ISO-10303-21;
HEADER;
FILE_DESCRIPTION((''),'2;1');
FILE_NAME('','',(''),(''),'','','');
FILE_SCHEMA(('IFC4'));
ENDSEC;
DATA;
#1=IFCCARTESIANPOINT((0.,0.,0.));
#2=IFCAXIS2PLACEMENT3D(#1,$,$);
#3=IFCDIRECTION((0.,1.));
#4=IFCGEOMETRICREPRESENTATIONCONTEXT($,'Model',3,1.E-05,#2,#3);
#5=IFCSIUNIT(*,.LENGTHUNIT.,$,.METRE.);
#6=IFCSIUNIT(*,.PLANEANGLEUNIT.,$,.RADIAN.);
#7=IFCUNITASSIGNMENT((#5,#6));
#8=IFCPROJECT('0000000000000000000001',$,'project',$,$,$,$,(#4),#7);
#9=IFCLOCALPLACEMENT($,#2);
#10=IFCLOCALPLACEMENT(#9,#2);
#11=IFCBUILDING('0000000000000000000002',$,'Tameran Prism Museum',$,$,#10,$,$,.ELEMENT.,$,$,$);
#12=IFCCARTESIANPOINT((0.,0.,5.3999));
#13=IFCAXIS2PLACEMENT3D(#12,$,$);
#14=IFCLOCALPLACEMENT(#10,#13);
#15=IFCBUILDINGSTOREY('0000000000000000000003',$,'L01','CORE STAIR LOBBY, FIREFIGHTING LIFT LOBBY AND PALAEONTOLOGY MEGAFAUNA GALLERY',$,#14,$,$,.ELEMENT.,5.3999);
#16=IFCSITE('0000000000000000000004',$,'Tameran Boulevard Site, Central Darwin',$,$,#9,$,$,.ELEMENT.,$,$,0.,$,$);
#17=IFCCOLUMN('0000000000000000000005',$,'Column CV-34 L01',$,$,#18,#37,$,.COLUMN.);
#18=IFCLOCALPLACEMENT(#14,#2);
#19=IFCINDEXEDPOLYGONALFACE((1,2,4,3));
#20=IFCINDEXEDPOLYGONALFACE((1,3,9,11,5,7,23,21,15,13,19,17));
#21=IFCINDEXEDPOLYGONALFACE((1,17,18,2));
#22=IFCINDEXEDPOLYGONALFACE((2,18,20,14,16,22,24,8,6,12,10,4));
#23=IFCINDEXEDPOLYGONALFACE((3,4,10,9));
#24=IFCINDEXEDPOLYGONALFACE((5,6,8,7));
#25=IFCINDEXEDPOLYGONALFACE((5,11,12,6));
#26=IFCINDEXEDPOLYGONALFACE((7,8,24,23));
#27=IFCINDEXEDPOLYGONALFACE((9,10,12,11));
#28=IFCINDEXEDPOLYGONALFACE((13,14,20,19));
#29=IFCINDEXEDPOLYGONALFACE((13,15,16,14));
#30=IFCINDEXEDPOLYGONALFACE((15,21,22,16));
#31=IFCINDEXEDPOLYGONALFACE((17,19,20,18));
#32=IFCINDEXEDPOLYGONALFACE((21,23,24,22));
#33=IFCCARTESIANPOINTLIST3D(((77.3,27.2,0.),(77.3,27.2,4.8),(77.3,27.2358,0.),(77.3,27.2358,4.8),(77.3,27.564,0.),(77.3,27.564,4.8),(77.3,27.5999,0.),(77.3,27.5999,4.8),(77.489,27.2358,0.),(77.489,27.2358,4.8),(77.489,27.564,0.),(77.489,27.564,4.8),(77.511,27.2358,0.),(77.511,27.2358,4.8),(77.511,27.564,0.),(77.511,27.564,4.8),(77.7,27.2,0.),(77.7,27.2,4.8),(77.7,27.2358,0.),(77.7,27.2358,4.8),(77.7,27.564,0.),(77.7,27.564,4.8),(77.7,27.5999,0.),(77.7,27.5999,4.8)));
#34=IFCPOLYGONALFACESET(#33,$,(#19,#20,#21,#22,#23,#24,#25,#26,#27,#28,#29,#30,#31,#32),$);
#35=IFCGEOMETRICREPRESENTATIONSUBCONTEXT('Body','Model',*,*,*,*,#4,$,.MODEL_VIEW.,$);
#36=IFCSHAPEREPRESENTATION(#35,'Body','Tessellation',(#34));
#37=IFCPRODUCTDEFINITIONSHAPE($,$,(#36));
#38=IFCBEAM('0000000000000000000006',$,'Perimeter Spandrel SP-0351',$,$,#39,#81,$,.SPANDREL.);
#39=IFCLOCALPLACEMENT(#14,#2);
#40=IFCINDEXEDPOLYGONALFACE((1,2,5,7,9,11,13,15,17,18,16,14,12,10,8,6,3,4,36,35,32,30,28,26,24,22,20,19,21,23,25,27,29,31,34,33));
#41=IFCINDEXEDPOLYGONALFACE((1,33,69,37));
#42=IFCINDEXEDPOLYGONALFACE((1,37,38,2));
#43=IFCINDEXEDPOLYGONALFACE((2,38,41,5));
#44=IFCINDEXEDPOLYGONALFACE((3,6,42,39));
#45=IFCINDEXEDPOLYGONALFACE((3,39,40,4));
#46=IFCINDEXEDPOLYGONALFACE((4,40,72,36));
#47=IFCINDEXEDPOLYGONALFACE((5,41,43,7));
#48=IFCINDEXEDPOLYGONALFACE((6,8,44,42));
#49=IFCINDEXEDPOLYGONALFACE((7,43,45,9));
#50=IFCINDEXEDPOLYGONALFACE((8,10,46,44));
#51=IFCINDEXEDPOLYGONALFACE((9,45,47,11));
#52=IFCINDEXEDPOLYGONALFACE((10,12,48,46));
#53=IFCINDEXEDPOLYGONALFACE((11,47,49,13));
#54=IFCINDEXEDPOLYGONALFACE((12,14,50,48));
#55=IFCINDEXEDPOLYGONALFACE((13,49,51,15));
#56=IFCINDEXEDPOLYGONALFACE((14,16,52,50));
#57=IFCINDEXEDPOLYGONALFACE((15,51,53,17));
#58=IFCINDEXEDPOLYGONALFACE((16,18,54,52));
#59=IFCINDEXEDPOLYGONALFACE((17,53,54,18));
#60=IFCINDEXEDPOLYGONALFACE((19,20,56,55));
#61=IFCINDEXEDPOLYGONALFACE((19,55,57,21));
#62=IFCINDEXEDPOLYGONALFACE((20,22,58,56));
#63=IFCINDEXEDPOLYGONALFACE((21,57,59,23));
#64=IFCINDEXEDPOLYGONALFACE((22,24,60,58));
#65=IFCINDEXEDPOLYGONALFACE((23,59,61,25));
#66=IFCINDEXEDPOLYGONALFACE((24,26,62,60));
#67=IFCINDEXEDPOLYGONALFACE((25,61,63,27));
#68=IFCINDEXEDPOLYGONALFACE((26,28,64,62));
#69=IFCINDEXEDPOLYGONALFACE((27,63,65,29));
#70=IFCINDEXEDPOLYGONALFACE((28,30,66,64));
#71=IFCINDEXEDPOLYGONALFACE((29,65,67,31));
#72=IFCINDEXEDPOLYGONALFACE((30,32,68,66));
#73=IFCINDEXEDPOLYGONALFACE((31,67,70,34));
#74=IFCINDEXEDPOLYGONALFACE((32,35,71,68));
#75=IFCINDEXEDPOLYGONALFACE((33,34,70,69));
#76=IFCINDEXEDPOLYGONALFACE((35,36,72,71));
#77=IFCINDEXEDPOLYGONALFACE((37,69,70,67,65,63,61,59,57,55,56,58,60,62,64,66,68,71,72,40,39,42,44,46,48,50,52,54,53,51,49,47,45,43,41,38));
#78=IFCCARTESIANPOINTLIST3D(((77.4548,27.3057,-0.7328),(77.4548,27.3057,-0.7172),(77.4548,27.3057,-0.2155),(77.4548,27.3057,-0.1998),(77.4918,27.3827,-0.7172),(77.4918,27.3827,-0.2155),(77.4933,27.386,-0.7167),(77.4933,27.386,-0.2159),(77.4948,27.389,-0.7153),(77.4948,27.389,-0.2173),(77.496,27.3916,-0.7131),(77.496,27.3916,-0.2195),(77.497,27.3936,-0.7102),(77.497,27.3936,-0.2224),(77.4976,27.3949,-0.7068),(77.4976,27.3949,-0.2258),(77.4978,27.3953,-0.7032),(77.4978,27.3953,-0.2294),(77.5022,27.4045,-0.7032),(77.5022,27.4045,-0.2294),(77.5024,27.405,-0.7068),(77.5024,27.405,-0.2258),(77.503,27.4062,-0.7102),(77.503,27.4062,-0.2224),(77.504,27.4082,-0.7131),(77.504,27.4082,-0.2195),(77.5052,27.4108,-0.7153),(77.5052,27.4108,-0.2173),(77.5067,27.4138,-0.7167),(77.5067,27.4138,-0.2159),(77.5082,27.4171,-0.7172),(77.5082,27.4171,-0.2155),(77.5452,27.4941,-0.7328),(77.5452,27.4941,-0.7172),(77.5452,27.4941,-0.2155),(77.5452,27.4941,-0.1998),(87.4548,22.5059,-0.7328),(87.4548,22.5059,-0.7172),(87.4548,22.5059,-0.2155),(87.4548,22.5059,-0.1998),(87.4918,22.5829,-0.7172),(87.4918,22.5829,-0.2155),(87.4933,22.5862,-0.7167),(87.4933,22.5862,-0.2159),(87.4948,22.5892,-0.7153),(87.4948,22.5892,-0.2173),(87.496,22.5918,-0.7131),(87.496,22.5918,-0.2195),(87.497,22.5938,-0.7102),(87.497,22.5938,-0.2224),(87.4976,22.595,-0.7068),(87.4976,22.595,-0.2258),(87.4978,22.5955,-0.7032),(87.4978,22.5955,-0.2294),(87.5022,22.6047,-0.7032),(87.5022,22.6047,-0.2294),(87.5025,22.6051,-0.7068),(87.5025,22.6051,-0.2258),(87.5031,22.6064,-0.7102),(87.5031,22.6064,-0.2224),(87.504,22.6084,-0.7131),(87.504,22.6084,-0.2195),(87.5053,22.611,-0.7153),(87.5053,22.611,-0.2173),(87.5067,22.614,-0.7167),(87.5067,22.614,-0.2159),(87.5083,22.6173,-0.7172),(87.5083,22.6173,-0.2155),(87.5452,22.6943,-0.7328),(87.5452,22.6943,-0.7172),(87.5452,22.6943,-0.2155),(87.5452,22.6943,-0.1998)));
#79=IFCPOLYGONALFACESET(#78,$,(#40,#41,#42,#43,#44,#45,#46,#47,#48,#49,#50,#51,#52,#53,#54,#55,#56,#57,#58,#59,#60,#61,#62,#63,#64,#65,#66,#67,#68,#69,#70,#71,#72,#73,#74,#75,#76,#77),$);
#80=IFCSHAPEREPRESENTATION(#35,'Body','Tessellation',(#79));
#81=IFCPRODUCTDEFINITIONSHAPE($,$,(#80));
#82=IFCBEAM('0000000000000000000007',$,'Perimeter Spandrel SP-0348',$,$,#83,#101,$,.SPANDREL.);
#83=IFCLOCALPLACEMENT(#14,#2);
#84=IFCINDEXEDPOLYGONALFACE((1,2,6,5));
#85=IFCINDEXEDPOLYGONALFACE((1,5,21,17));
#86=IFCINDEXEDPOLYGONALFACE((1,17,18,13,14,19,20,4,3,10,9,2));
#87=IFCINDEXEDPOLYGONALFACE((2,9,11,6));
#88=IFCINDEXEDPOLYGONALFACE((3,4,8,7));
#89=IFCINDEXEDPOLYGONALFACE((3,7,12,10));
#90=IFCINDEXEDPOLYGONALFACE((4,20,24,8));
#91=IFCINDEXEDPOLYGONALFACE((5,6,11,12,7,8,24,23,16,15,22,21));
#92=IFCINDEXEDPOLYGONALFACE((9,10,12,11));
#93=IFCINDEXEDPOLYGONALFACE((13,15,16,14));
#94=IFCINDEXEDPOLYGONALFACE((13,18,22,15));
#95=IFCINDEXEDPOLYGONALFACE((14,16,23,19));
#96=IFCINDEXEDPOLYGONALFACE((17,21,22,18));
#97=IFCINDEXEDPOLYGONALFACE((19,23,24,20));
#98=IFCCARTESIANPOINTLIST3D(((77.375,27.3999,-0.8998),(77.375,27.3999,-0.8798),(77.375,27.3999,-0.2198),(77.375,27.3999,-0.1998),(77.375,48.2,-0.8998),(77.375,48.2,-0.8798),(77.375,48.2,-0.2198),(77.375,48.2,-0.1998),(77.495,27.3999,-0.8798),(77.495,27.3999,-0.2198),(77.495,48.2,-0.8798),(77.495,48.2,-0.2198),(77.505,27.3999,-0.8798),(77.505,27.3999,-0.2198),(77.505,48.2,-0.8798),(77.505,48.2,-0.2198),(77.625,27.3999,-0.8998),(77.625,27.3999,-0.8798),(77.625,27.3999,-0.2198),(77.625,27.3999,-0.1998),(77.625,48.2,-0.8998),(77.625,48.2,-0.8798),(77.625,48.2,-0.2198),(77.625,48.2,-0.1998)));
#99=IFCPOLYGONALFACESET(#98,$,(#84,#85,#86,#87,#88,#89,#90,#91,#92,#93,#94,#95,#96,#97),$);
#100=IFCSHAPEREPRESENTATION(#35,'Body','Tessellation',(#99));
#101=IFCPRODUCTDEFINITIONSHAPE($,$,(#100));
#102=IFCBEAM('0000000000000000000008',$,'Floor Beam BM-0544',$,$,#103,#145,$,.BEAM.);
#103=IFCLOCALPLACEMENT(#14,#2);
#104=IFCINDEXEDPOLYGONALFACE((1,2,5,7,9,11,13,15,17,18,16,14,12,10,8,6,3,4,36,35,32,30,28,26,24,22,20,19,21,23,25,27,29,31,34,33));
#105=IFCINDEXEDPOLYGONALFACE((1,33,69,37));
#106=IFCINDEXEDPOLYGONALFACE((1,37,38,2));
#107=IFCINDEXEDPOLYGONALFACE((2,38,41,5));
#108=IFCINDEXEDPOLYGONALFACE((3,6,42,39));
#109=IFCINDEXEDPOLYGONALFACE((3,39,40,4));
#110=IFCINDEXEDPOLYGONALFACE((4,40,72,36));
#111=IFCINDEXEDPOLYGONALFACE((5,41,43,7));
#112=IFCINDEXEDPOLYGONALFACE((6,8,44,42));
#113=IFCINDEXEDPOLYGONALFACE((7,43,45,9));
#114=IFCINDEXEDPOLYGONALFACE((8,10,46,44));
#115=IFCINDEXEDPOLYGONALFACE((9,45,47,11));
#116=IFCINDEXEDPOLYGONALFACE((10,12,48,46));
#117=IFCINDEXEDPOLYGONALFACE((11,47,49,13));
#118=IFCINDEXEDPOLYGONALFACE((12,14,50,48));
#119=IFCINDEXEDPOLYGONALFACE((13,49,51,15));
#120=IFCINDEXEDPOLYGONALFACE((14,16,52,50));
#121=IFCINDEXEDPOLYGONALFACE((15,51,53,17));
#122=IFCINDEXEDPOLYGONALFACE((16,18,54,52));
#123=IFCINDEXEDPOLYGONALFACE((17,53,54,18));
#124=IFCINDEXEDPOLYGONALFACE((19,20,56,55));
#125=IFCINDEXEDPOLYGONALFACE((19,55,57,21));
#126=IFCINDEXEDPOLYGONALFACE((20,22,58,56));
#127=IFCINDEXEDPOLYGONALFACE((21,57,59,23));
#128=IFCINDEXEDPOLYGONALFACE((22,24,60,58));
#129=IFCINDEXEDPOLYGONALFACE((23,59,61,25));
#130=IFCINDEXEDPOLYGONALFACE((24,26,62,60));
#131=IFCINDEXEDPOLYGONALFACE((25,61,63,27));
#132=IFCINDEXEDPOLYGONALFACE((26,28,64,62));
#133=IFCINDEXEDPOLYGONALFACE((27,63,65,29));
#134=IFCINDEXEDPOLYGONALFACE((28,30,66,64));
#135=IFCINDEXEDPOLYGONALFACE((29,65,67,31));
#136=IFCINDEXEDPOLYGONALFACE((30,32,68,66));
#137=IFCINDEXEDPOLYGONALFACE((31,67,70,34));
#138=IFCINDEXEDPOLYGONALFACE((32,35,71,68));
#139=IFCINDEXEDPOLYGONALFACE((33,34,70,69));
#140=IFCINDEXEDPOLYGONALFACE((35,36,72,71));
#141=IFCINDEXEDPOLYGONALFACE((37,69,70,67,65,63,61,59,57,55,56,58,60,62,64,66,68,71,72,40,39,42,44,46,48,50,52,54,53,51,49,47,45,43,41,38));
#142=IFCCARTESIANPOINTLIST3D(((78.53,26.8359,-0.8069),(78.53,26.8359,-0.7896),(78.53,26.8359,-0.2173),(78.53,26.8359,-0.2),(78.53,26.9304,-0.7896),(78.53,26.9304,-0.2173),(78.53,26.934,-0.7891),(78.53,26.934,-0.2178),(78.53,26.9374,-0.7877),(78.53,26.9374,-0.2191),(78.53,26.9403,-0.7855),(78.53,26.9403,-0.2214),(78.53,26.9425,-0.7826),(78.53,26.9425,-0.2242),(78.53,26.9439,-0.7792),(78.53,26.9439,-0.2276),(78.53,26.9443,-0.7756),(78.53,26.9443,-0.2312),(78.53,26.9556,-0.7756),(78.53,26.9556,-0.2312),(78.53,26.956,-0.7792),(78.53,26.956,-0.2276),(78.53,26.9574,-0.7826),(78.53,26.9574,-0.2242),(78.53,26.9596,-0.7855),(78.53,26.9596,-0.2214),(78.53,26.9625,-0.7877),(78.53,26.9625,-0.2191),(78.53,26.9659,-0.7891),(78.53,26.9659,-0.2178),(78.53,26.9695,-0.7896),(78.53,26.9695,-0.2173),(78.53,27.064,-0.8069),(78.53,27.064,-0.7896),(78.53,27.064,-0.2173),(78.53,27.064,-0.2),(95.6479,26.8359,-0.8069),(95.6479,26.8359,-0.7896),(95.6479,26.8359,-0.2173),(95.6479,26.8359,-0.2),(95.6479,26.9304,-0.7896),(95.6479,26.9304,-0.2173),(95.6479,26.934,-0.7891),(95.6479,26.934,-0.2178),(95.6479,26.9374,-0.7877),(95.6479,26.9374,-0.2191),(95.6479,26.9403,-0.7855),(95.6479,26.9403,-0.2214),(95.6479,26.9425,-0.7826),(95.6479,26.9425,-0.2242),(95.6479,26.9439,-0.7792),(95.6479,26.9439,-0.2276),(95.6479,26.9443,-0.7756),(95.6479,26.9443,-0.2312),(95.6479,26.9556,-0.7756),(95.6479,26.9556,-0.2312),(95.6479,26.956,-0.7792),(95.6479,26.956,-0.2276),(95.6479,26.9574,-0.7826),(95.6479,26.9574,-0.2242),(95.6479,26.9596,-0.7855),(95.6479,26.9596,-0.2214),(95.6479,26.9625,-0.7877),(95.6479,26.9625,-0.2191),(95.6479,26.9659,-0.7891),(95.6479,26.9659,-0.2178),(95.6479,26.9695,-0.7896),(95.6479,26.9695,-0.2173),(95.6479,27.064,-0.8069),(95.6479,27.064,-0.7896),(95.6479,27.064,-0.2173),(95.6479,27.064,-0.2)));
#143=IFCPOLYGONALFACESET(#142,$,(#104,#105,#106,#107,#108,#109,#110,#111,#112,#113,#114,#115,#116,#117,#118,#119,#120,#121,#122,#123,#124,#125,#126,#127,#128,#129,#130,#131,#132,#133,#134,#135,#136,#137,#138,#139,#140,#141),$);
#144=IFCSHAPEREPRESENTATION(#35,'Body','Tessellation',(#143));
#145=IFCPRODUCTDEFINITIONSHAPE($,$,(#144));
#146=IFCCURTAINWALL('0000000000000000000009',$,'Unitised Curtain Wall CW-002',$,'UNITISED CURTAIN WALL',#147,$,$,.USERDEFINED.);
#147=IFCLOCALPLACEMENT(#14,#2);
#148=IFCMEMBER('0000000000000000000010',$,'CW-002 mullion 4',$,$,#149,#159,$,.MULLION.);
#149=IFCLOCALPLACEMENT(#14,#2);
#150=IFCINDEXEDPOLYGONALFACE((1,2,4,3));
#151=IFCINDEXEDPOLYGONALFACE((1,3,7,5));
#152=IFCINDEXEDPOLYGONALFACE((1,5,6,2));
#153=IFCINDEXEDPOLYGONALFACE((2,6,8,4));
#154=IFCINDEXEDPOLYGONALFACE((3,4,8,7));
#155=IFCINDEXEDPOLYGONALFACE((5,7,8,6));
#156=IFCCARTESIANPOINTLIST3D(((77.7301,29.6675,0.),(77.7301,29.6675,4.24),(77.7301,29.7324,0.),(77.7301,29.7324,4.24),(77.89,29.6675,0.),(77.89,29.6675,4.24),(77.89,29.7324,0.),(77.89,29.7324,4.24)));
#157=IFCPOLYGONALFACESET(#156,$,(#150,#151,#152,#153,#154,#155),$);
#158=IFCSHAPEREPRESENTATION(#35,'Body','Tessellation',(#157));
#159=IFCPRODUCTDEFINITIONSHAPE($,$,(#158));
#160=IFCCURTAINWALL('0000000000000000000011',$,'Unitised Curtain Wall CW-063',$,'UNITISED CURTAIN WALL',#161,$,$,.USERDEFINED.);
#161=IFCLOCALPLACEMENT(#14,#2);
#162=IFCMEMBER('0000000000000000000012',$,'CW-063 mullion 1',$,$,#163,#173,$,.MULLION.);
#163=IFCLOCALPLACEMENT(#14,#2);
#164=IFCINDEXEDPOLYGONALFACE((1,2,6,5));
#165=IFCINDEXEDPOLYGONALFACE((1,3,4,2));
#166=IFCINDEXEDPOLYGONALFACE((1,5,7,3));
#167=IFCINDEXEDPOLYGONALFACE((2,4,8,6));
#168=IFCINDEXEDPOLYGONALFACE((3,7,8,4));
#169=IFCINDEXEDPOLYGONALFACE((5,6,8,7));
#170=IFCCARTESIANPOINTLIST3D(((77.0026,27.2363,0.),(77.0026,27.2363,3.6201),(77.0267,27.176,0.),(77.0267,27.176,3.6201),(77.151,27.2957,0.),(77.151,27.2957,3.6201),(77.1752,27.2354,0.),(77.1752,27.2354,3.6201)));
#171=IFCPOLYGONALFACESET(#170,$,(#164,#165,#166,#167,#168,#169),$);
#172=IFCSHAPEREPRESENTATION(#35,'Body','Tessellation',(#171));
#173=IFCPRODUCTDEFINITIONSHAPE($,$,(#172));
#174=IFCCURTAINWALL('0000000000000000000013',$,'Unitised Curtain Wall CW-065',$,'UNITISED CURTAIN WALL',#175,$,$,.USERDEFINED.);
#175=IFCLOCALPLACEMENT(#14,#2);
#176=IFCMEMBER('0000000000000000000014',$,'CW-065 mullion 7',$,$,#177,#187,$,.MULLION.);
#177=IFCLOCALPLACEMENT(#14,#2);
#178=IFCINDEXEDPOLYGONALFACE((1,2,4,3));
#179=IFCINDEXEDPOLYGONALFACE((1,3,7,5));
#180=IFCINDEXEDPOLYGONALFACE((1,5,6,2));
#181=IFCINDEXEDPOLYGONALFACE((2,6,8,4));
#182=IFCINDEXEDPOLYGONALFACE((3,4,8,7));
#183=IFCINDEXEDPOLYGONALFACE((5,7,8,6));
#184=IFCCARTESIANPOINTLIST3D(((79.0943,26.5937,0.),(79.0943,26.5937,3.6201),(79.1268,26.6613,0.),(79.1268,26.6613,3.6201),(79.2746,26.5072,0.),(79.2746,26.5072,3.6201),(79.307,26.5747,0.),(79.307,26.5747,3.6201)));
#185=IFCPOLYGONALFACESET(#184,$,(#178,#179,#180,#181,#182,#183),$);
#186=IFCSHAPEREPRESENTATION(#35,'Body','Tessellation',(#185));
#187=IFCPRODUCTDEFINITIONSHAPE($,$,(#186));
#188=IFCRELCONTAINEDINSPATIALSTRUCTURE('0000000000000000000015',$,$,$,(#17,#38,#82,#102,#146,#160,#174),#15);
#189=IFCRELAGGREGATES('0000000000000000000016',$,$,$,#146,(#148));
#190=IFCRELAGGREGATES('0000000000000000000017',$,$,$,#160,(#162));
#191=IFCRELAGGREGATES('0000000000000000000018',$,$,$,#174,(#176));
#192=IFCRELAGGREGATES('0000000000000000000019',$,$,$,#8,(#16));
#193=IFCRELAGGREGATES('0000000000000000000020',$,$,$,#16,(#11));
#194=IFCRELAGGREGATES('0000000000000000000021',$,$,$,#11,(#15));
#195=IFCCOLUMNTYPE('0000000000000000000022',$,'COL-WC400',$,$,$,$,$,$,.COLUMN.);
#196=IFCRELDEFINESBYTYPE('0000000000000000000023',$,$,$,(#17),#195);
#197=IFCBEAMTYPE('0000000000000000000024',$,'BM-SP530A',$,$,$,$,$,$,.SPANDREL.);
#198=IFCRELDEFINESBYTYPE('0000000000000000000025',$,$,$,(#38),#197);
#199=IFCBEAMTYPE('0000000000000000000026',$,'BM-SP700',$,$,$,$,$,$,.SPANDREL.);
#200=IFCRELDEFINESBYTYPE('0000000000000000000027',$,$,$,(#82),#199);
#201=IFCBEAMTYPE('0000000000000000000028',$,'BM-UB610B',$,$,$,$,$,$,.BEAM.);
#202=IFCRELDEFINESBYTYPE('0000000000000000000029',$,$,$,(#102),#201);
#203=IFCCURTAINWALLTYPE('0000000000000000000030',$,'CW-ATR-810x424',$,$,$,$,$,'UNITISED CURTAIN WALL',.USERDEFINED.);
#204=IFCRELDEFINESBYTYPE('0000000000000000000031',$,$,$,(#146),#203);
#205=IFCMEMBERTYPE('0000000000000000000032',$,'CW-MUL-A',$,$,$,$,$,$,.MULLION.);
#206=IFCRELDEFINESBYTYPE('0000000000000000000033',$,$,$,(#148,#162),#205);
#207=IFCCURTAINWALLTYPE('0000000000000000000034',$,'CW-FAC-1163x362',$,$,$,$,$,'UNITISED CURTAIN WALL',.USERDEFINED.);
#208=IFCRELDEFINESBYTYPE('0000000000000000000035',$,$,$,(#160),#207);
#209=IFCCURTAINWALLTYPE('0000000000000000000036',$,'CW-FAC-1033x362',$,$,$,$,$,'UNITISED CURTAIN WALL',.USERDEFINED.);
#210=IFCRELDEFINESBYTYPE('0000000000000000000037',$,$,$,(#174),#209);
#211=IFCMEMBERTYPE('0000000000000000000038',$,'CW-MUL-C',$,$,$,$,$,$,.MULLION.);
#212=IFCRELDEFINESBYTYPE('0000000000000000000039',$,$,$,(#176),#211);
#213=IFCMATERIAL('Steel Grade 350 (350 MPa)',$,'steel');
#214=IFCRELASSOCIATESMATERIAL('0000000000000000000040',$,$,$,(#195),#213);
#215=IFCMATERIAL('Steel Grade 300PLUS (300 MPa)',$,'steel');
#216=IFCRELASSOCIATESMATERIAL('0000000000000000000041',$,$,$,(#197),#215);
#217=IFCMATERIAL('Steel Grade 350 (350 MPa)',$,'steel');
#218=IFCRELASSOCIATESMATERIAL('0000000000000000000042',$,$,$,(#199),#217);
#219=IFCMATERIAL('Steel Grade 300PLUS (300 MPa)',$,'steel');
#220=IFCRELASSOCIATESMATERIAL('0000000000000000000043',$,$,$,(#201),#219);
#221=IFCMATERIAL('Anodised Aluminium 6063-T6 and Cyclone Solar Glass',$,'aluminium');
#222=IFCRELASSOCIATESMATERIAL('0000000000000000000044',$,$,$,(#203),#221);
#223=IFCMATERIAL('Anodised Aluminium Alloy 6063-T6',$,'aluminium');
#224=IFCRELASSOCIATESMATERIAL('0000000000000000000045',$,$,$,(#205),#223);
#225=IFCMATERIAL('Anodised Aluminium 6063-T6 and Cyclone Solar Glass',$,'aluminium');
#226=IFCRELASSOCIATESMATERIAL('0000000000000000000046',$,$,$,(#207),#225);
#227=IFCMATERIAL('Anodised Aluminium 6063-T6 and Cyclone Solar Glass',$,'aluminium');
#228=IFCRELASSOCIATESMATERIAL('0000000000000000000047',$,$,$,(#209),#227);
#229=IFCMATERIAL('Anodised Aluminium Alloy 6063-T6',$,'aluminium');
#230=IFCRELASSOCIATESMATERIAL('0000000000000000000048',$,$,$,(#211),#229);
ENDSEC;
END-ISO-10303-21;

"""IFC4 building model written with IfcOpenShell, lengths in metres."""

from ifc_helpers import new_model, si_unit, direction, frame, origin, origin_2d, place, context, subcontext, project, spatial, rectangle, i_section, extrude, material, material_profile, profile_set, type_object, element, aggregate, save


model = new_model("IFC4")

# Units and contexts
model_context = context("Model", 3, precision=1e-05, world=origin(), true_north=direction((0.0, 1.0)))
body_context = subcontext(model_context, "Body", "Model", "MODEL_VIEW")
ifc_project = project(units=[si_unit("LENGTHUNIT", "METRE"), si_unit("PLANEANGLEUNIT", "RADIAN")], contexts=[model_context])

# Site, building, storey
site_placement = place(None, origin())
site = spatial("IfcSite", under=ifc_project, at=site_placement, Name="Tameran Boulevard Site, Central Darwin", CompositionType="ELEMENT", RefElevation=0.0)
building_placement = place(site_placement, origin())
building = spatial("IfcBuilding", under=site, at=building_placement, Name="Tameran Prism Museum", CompositionType="ELEMENT")
storey_placement = place(building_placement, frame((0.0, 0.0, 5.3999)))
storey = spatial("IfcBuildingStorey", under=building, at=storey_placement, Name="L01", Description="CORE STAIR LOBBY, FIREFIGHTING LIFT LOBBY AND PALAEONTOLOGY MEGAFAUNA GALLERY", CompositionType="ELEMENT", Elevation=5.3999)

# Column
ifc_material_1 = material(Name="Steel Grade 350 (350 MPa)", Category="steel")
ifc_material_profile_1 = material_profile(ifc_material_1, i_section(OverallWidth=0.3999, OverallDepth=0.3999, WebThickness=0.022, FlangeThickness=0.0359, at=origin_2d()))
ifc_profile_set_1 = profile_set([ifc_material_profile_1])
column_type = type_object("IfcColumnType", Name="COL-WC400", PredefinedType="COLUMN", material=ifc_profile_set_1)
column_placement = place(storey_placement, frame((77.5, 27.3999, 0.0), z_axis=(0.0, 0.0, 1.0), x_axis=(1.0, 0.0, 0.0)))
element("IfcColumn", 1, at=column_placement, inside=storey, type_object=column_type, Name="Column CV-34 L01", PredefinedType="COLUMN", context=body_context, shape_type="SweptSolid", body=[
    extrude(i_section(OverallWidth=0.3999, OverallDepth=0.3999, WebThickness=0.022, FlangeThickness=0.0359, at=origin_2d()), origin(), (0.0, 0.0, 1.0), 4.8),
])

# Beams
ifc_material_2 = material(Name="Steel Grade 300PLUS (300 MPa)", Category="steel")
ifc_material_profile_2 = material_profile(ifc_material_2, i_section(OverallWidth=0.209, OverallDepth=0.533, WebThickness=0.0103, FlangeThickness=0.0156, FilletRadius=0.0139, at=origin_2d()))
ifc_profile_set_2 = profile_set([ifc_material_profile_2])
beam_type_1 = type_object("IfcBeamType", Name="BM-SP530A", PredefinedType="SPANDREL", material=ifc_profile_set_2)
beam_1_placement = place(storey_placement, frame((77.5, 27.3999, -0.4663), z_axis=(0.90153, -0.432717, 0.0), x_axis=(0.432717, 0.90153, 0.0)))
element("IfcBeam", 2, at=beam_1_placement, inside=storey, type_object=beam_type_1, Name="Perimeter Spandrel SP-0351", PredefinedType="SPANDREL", context=body_context, shape_type="SweptSolid", body=[
    extrude(i_section(OverallWidth=0.209, OverallDepth=0.533, WebThickness=0.0103, FlangeThickness=0.0156, FilletRadius=0.0139, at=origin_2d()), origin(), (0.0, 0.0, 1.0), 11.0923),
])
ifc_material_3 = material(Name="Steel Grade 350 (350 MPa)", Category="steel")
ifc_material_profile_3 = material_profile(ifc_material_3, i_section(OverallWidth=0.25, OverallDepth=0.7, WebThickness=0.01, FlangeThickness=0.02, at=origin_2d()))
ifc_profile_set_3 = profile_set([ifc_material_profile_3])
beam_type_2 = type_object("IfcBeamType", Name="BM-SP700", PredefinedType="SPANDREL", material=ifc_profile_set_3)
beam_2_placement = place(storey_placement, frame((77.5, 27.3999, -0.5498), z_axis=(0.0, 1.0, 0.0), x_axis=(-1.0, 0.0, 0.0)))
element("IfcBeam", 3, at=beam_2_placement, inside=storey, type_object=beam_type_2, Name="Perimeter Spandrel SP-0348", PredefinedType="SPANDREL", context=body_context, shape_type="SweptSolid", body=[
    extrude(i_section(OverallWidth=0.25, OverallDepth=0.7, WebThickness=0.01, FlangeThickness=0.02, at=origin_2d()), origin(), (0.0, 0.0, 1.0), 20.8),
])
ifc_material_4 = material(Name="Steel Grade 300PLUS (300 MPa)", Category="steel")
ifc_material_profile_4 = material_profile(ifc_material_4, i_section(OverallWidth=0.228, OverallDepth=0.6069, WebThickness=0.0112, FlangeThickness=0.0173, FilletRadius=0.0139, at=origin_2d()))
ifc_profile_set_4 = profile_set([ifc_material_profile_4])
beam_type_3 = type_object("IfcBeamType", Name="BM-UB610B", PredefinedType="BEAM", material=ifc_profile_set_4)
beam_3_placement = place(storey_placement, frame((78.53, 26.95, -0.5034), z_axis=(1.0, 0.0, 0.0), x_axis=(0.0, 1.0, 0.0)))
element("IfcBeam", 4, at=beam_3_placement, inside=storey, type_object=beam_type_3, Name="Floor Beam BM-0544", PredefinedType="BEAM", context=body_context, shape_type="SweptSolid", body=[
    extrude(i_section(OverallWidth=0.228, OverallDepth=0.6069, WebThickness=0.0112, FlangeThickness=0.0173, FilletRadius=0.0139, at=origin_2d()), origin(), (0.0, 0.0, 1.0), 17.1179),
])

# Curtain walls, members
ifc_material_5 = material(Name="Anodised Aluminium 6063-T6 and Cyclone Solar Glass", Category="aluminium")
curtain_wall_type_1 = type_object("IfcCurtainWallType", Name="CW-ATR-810x424", ElementType="UNITISED CURTAIN WALL", PredefinedType="USERDEFINED", material=ifc_material_5)
curtain_wall_1_placement = place(storey_placement, origin())
curtain_wall_1 = element("IfcCurtainWall", 5, at=curtain_wall_1_placement, inside=storey, type_object=curtain_wall_type_1, Name="Unitised Curtain Wall CW-002", ObjectType="UNITISED CURTAIN WALL", PredefinedType="USERDEFINED")
ifc_material_6 = material(Name="Anodised Aluminium Alloy 6063-T6", Category="aluminium")
ifc_material_profile_5 = material_profile(ifc_material_6, rectangle(XDim=0.0649, YDim=0.1599, at=origin_2d()))
ifc_profile_set_5 = profile_set([ifc_material_profile_5])
member_type_1 = type_object("IfcMemberType", Name="CW-MUL-A", PredefinedType="MULLION", material=ifc_profile_set_5)
member_1_placement = place(storey_placement, frame((77.8101, 29.7, 0.0), z_axis=(0.0, 0.0, 1.0), x_axis=(0.0, 1.0, 0.0)))
member_1 = element("IfcMember", 6, at=member_1_placement, type_object=member_type_1, Name="CW-002 mullion 4", PredefinedType="MULLION", context=body_context, shape_type="SweptSolid", body=[
    extrude(rectangle(XDim=0.0649, YDim=0.1599, at=origin_2d()), origin(), (0.0, 0.0, 1.0), 4.24),
])
ifc_material_7 = material(Name="Anodised Aluminium 6063-T6 and Cyclone Solar Glass", Category="aluminium")
curtain_wall_type_2 = type_object("IfcCurtainWallType", Name="CW-FAC-1163x362", ElementType="UNITISED CURTAIN WALL", PredefinedType="USERDEFINED", material=ifc_material_7)
curtain_wall_2_placement = place(storey_placement, origin())
curtain_wall_2 = element("IfcCurtainWall", 7, at=curtain_wall_2_placement, inside=storey, type_object=curtain_wall_type_2, Name="Unitised Curtain Wall CW-063", ObjectType="UNITISED CURTAIN WALL", PredefinedType="USERDEFINED")
member_2_placement = place(storey_placement, frame((77.0889, 27.2358, 0.0), z_axis=(0.0, 0.0, 1.0), x_axis=(0.37142, -0.928465, 0.0)))
member_2 = element("IfcMember", 8, at=member_2_placement, type_object=member_type_1, Name="CW-063 mullion 1", PredefinedType="MULLION", context=body_context, shape_type="SweptSolid", body=[
    extrude(rectangle(XDim=0.0649, YDim=0.1599, at=origin_2d()), origin(), (0.0, 0.0, 1.0), 3.6201),
])

# Curtain wall, member
ifc_material_8 = material(Name="Anodised Aluminium 6063-T6 and Cyclone Solar Glass", Category="aluminium")
curtain_wall_type_3 = type_object("IfcCurtainWallType", Name="CW-FAC-1033x362", ElementType="UNITISED CURTAIN WALL", PredefinedType="USERDEFINED", material=ifc_material_8)
curtain_wall_3_placement = place(storey_placement, origin())
curtain_wall_3 = element("IfcCurtainWall", 9, at=curtain_wall_3_placement, inside=storey, type_object=curtain_wall_type_3, Name="Unitised Curtain Wall CW-065", ObjectType="UNITISED CURTAIN WALL", PredefinedType="USERDEFINED")
ifc_material_9 = material(Name="Anodised Aluminium Alloy 6063-T6", Category="aluminium")
ifc_material_profile_6 = material_profile(ifc_material_9, rectangle(XDim=0.075, YDim=0.2, at=origin_2d()))
ifc_profile_set_6 = profile_set([ifc_material_profile_6])
member_type_2 = type_object("IfcMemberType", Name="CW-MUL-C", PredefinedType="MULLION", material=ifc_profile_set_6)
member_3_placement = place(storey_placement, frame((79.2007, 26.5842, 0.0), z_axis=(0.0, 0.0, 1.0), x_axis=(-0.432832, -0.901475, 0.0)))
member_3 = element("IfcMember", 10, at=member_3_placement, type_object=member_type_2, Name="CW-065 mullion 7", PredefinedType="MULLION", context=body_context, shape_type="SweptSolid", body=[
    extrude(rectangle(XDim=0.075, YDim=0.2, at=origin_2d()), origin(), (0.0, 0.0, 1.0), 3.6201),
])

aggregate(curtain_wall_1, [member_1])
aggregate(curtain_wall_2, [member_2])

aggregate(curtain_wall_3, [member_3])

save(model, "model.ifc")
